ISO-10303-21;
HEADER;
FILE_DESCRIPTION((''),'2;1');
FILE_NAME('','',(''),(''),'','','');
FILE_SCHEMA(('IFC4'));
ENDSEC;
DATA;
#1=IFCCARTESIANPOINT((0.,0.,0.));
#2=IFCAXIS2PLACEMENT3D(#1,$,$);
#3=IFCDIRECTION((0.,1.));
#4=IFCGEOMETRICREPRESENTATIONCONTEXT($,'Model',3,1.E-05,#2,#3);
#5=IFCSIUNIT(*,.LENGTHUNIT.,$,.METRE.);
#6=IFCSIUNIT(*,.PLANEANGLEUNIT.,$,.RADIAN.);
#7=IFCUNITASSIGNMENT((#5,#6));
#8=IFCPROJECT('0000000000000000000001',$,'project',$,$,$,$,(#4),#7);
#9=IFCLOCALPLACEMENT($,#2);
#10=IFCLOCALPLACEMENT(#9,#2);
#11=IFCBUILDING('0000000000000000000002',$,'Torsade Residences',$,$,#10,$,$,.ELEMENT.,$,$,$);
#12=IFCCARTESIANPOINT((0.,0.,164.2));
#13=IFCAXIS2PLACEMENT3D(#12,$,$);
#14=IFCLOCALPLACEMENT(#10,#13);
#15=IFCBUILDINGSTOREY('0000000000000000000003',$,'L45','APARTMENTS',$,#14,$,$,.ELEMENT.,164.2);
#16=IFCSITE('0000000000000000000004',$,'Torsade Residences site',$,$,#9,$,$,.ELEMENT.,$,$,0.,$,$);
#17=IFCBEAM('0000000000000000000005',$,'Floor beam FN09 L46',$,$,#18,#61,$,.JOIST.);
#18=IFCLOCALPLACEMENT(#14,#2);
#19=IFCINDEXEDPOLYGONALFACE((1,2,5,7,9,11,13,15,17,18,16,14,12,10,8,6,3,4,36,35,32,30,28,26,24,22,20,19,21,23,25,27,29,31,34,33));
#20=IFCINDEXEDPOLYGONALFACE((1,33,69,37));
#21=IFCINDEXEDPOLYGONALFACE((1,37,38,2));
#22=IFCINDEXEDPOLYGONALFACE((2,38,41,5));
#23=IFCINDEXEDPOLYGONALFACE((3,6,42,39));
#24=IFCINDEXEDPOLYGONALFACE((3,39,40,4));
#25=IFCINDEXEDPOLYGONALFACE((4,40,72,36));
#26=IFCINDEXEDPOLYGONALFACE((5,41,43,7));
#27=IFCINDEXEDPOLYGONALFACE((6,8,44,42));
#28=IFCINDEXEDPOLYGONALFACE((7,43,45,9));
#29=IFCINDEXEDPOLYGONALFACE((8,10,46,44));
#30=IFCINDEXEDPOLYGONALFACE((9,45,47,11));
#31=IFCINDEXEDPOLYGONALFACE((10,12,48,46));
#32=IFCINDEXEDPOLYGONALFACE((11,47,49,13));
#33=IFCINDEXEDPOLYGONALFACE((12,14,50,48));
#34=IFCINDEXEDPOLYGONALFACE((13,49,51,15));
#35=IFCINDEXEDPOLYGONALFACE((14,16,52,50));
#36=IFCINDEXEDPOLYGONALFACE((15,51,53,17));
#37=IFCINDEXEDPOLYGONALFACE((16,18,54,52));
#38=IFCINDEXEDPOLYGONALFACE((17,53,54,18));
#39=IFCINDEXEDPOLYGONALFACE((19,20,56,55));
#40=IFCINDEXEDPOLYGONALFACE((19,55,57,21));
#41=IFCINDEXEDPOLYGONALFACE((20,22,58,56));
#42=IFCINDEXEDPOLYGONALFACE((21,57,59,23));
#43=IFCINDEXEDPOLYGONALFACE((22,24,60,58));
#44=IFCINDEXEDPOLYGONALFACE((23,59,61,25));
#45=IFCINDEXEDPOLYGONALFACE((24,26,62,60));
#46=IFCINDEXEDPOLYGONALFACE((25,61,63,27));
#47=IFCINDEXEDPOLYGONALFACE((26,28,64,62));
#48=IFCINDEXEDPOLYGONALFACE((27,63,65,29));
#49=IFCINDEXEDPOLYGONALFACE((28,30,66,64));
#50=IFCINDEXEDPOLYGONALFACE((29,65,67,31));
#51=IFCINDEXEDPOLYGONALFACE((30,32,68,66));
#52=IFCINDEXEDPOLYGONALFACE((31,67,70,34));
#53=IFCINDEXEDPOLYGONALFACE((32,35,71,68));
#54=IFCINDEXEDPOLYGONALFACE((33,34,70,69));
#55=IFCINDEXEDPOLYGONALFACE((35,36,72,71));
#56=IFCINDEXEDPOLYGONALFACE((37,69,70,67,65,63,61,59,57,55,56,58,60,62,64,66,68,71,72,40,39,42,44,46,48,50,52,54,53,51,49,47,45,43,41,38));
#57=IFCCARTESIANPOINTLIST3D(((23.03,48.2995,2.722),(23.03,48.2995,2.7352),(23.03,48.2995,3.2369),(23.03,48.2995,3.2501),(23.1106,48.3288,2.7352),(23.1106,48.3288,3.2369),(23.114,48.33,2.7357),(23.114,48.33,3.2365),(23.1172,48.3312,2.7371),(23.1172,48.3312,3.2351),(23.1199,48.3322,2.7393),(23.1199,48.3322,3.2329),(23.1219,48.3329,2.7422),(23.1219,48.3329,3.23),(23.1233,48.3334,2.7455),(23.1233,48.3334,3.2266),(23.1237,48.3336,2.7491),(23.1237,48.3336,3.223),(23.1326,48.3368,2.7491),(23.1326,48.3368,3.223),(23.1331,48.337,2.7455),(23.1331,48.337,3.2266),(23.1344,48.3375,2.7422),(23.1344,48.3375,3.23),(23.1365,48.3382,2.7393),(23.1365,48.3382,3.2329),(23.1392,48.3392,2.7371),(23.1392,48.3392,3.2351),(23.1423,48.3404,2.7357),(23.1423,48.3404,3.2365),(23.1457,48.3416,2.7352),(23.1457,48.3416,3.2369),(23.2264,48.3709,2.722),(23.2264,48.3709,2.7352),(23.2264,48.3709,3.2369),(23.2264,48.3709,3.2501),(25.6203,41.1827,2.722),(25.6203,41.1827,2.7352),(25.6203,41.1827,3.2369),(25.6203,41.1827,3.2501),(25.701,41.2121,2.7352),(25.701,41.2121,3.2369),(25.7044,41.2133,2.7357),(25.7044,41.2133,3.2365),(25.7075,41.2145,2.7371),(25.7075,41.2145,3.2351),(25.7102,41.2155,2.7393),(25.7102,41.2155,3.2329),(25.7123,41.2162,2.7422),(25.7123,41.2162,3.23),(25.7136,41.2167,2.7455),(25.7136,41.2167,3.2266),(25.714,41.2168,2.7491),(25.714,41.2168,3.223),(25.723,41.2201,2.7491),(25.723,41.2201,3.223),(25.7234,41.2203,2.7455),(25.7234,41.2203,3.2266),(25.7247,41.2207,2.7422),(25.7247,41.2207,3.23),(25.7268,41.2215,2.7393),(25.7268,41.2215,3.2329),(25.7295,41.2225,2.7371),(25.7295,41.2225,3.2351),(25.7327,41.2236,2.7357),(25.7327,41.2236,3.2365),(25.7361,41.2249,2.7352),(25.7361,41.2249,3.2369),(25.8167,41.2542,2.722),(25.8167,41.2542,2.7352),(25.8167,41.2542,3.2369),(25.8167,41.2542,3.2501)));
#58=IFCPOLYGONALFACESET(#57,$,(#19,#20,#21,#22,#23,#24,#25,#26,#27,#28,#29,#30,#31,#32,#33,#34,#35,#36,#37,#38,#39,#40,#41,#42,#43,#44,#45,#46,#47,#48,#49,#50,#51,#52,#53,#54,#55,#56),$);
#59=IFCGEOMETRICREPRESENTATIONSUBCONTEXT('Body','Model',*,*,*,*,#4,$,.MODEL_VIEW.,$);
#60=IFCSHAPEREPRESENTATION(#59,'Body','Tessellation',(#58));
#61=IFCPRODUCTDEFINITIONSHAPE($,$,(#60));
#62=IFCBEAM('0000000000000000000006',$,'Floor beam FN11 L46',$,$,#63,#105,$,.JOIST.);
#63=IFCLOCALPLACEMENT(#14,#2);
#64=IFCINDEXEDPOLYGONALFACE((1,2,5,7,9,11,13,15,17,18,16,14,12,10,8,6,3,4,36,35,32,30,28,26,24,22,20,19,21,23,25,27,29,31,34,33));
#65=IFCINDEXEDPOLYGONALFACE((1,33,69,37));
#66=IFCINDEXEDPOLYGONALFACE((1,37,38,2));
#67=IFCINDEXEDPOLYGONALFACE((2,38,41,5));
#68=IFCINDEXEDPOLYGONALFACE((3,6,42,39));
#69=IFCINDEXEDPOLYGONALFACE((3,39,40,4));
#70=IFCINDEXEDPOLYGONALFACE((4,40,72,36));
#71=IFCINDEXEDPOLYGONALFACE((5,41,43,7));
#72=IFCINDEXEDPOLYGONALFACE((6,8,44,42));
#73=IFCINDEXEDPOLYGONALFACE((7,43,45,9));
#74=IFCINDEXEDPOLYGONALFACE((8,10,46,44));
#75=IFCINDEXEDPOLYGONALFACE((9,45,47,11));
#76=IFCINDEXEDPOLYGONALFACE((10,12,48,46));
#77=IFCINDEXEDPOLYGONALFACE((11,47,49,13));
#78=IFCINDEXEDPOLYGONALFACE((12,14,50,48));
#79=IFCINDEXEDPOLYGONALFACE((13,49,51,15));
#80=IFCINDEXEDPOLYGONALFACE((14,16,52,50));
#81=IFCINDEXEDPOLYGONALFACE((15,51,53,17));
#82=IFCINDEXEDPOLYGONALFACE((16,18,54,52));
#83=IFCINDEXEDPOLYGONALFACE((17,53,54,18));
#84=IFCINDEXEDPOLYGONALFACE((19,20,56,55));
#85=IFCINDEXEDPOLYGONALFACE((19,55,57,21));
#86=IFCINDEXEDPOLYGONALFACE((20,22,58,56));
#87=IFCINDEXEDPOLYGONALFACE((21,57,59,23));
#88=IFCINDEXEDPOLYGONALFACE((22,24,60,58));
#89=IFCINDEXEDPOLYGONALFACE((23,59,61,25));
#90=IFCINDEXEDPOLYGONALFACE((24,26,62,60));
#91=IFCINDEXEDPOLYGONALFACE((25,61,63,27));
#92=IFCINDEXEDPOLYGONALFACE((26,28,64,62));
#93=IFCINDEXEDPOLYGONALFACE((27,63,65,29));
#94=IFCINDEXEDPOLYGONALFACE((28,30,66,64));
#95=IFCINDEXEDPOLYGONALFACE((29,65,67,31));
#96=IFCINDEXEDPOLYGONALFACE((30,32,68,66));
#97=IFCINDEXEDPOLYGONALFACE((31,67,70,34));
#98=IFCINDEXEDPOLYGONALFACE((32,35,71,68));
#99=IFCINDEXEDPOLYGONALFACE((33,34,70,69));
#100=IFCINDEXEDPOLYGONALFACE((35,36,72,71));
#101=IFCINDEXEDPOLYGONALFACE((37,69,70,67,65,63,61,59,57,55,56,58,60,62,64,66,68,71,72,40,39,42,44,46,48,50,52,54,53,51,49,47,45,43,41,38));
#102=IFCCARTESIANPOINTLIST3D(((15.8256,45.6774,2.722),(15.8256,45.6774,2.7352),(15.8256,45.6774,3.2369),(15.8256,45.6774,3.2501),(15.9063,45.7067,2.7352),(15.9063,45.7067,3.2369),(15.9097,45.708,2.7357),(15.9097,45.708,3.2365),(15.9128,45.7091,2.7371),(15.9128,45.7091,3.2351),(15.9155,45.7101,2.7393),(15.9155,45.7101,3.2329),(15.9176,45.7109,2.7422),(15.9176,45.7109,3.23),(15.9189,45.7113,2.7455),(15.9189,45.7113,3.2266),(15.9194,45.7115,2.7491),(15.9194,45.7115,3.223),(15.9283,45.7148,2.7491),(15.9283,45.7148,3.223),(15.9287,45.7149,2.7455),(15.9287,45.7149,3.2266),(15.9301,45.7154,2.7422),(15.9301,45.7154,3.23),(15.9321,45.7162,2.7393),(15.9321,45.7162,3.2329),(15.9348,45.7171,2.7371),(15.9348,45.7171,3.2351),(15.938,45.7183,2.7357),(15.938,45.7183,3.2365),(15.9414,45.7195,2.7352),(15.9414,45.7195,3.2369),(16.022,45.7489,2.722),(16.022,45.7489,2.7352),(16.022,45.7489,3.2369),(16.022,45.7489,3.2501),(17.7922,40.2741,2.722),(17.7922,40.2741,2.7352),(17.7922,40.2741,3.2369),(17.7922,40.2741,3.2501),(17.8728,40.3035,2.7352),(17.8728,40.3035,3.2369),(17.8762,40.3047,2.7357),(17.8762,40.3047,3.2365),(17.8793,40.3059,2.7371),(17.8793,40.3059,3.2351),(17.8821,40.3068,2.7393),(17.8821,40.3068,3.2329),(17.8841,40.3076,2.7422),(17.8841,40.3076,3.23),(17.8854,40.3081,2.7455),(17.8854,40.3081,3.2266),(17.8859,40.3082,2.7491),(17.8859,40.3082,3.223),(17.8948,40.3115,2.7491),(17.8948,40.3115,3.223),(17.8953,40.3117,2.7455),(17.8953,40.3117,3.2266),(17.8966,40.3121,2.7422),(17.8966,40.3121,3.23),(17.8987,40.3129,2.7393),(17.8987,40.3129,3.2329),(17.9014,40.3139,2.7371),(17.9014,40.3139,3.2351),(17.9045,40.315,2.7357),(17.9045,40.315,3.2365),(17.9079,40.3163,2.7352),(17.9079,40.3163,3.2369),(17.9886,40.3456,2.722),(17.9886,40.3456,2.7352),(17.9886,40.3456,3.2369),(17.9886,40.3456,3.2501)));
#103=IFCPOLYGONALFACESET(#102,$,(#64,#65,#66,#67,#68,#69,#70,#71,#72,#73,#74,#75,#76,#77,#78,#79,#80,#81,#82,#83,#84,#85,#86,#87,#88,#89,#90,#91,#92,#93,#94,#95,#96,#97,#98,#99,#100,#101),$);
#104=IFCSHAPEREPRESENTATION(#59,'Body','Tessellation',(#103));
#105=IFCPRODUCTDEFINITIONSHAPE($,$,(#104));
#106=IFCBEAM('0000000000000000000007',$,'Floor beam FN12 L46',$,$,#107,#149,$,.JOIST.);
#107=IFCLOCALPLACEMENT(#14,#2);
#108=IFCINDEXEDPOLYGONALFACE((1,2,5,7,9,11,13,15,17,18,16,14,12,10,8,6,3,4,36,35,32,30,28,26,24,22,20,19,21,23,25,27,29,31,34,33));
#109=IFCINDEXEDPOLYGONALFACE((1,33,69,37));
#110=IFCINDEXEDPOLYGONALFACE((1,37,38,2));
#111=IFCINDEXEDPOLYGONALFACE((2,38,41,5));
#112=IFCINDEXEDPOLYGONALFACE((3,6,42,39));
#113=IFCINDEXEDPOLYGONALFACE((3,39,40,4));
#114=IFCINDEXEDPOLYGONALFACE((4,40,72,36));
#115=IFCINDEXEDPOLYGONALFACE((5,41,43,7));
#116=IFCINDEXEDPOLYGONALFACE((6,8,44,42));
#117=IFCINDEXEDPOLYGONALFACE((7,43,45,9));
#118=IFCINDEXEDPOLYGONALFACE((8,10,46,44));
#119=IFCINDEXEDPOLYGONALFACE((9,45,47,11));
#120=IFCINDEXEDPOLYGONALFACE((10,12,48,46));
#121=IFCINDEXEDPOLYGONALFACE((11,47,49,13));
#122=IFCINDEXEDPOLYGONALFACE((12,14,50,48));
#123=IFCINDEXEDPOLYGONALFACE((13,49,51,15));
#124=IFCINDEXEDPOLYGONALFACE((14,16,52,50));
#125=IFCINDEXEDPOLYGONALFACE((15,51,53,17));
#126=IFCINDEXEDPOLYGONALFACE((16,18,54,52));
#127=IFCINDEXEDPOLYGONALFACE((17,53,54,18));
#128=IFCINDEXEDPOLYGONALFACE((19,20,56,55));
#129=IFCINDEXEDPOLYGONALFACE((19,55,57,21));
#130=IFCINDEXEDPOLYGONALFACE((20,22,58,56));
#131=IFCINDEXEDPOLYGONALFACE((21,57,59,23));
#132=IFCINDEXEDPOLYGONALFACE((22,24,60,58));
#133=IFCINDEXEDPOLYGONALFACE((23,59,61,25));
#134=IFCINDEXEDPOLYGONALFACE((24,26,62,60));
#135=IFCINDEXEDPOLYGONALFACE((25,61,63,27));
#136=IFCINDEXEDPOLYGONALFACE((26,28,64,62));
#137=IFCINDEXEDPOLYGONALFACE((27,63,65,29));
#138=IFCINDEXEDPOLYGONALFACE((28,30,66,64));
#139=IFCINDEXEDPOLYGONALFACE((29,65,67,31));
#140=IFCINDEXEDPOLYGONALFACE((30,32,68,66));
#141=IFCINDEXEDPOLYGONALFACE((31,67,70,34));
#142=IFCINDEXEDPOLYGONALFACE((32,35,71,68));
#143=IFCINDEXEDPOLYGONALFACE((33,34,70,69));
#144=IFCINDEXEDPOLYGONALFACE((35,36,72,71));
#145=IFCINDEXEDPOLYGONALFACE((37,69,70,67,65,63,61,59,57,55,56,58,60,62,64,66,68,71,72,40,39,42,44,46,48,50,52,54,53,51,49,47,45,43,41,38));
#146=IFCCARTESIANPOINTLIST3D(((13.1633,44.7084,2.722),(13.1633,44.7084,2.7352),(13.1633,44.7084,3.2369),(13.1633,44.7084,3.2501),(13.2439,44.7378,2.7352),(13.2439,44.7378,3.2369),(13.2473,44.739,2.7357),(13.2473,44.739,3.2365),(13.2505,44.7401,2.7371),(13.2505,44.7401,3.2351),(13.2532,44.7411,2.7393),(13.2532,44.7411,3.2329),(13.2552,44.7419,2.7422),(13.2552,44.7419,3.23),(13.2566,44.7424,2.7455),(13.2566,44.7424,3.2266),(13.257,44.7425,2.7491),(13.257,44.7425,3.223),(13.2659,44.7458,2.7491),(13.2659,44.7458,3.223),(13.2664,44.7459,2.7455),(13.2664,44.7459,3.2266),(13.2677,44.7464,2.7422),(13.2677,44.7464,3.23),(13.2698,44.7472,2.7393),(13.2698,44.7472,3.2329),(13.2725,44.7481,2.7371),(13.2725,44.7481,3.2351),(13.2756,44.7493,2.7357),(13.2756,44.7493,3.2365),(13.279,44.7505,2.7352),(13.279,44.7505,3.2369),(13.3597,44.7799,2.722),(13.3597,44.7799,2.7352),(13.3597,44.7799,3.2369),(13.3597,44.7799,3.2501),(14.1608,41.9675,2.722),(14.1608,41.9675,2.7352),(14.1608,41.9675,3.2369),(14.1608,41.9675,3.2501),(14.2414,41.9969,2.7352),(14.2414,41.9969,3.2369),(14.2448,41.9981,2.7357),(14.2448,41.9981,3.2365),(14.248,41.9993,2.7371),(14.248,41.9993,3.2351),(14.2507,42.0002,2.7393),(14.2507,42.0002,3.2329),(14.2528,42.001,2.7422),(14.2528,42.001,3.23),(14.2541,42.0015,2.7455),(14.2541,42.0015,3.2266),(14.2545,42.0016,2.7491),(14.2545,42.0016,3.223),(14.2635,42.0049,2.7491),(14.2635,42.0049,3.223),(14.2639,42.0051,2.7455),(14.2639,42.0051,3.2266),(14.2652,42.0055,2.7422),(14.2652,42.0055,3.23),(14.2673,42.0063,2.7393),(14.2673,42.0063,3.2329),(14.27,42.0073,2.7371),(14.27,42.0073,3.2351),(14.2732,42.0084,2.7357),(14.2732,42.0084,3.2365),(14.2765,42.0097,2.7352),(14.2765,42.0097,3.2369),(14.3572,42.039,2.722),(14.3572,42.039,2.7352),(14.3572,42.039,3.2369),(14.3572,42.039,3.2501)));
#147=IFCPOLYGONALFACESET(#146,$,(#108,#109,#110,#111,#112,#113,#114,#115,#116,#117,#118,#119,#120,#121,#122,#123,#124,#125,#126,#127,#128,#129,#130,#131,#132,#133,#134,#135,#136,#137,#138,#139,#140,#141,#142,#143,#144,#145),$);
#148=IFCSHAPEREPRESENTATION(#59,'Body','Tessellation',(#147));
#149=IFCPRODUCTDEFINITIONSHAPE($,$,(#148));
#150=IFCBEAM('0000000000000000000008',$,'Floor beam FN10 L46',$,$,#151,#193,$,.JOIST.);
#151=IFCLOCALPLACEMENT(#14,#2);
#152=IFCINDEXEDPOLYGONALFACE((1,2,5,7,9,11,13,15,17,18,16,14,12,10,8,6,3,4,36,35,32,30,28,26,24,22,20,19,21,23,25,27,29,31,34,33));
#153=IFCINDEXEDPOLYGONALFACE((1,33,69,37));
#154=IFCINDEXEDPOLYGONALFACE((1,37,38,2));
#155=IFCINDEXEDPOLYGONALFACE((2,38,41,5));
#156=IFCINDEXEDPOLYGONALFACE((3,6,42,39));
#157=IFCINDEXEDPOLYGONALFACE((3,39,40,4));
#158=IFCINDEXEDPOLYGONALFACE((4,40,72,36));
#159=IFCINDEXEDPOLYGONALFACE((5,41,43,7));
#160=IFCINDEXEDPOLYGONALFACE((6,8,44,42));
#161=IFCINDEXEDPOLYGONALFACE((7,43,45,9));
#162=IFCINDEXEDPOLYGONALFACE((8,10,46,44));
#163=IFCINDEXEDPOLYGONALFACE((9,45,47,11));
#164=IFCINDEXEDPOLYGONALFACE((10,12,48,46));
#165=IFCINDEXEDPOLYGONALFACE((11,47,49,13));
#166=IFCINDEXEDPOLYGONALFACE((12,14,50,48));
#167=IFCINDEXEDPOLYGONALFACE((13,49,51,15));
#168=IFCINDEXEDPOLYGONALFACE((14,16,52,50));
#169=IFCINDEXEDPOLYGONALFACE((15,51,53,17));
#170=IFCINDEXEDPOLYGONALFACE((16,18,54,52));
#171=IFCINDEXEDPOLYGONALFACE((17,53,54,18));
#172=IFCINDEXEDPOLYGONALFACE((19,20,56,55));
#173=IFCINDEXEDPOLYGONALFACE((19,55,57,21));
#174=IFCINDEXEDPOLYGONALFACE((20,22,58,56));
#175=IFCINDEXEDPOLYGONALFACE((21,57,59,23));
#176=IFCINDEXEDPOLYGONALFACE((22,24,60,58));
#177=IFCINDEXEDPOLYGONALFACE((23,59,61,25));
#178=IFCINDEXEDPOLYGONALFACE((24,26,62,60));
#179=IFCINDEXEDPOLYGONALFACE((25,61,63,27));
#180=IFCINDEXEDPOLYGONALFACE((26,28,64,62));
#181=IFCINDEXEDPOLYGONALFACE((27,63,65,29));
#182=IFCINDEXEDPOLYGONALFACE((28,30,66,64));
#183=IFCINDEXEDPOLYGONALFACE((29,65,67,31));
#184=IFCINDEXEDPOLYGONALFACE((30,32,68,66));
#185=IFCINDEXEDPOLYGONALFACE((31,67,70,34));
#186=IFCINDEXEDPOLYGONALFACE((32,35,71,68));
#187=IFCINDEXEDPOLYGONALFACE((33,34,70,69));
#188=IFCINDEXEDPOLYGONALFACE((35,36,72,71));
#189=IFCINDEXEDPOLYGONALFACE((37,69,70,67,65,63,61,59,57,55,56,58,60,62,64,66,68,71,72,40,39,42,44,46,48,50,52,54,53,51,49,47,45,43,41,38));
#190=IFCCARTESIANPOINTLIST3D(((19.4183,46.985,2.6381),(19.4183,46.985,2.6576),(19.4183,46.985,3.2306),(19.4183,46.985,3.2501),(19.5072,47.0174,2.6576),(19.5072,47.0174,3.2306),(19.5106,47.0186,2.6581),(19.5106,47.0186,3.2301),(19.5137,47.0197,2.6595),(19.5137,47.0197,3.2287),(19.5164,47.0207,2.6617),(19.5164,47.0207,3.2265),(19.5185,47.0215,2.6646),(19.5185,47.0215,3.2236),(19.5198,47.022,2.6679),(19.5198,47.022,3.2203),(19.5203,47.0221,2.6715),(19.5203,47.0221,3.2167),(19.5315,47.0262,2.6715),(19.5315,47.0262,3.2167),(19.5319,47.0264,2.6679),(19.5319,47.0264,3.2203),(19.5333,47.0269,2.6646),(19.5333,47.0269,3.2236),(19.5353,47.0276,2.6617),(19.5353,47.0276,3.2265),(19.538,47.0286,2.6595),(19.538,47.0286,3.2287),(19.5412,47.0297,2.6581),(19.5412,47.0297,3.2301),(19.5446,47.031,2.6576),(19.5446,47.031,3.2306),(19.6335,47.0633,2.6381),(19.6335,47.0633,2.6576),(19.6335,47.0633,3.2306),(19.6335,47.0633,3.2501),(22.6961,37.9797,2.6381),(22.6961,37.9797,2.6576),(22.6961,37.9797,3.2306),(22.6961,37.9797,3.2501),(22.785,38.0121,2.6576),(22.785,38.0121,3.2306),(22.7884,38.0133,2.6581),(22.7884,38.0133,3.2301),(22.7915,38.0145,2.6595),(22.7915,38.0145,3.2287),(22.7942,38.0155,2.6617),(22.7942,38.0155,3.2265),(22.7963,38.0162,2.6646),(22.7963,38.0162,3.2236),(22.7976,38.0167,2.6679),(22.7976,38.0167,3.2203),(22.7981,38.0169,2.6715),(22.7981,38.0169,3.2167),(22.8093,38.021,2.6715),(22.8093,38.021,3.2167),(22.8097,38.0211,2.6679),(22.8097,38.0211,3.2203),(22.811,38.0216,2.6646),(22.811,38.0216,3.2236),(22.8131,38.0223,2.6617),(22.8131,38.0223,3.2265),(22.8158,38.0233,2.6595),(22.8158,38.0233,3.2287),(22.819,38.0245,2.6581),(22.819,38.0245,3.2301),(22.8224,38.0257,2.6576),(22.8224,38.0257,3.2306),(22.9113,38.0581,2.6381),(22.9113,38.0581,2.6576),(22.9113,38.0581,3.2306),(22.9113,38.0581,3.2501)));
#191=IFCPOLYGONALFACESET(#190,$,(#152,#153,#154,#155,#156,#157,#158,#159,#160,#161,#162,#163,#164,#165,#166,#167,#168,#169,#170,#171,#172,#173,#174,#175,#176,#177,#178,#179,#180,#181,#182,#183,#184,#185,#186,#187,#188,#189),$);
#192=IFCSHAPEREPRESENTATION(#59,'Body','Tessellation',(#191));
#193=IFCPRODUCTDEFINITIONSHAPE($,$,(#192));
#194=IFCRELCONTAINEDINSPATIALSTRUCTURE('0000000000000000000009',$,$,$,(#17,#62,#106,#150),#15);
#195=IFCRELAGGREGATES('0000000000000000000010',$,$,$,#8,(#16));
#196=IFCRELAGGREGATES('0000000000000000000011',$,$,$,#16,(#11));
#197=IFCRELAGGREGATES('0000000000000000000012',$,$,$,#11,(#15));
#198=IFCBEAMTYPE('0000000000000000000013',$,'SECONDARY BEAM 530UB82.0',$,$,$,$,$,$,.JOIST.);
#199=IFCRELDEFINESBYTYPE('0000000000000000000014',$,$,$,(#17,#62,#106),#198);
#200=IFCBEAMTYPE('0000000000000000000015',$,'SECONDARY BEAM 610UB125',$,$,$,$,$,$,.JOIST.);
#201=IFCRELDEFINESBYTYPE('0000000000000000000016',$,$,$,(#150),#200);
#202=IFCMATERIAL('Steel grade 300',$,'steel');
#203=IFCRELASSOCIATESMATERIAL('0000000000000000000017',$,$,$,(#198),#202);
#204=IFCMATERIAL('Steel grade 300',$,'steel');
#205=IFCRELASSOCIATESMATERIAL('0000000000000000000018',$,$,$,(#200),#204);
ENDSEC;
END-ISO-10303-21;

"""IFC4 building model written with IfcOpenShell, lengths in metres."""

from ifc_helpers import new_model, si_unit, direction, frame, origin, origin_2d, place, context, subcontext, project, spatial, i_section, extrude, material, material_profile, profile_set, type_object, element, save


model = new_model("IFC4")

# Units and contexts
model_context = context("Model", 3, precision=1e-05, world=origin(), true_north=direction((0.0, 1.0)))
body_context = subcontext(model_context, "Body", "Model", "MODEL_VIEW")
ifc_project = project(units=[si_unit("LENGTHUNIT", "METRE"), si_unit("PLANEANGLEUNIT", "RADIAN")], contexts=[model_context])

# Site, building, storey
site_placement = place(None, origin())
site = spatial("IfcSite", under=ifc_project, at=site_placement, Name="Torsade Residences site", CompositionType="ELEMENT", RefElevation=0.0)
building_placement = place(site_placement, origin())
building = spatial("IfcBuilding", under=site, at=building_placement, Name="Torsade Residences", CompositionType="ELEMENT")
storey_placement = place(building_placement, frame((0.0, 0.0, 164.2)))
storey = spatial("IfcBuildingStorey", under=building, at=storey_placement, Name="L45", Description="APARTMENTS", CompositionType="ELEMENT", Elevation=164.2)

# Beams
ifc_material_1 = material(Name="Steel grade 300", Category="steel")
ifc_material_profile_1 = material_profile(ifc_material_1, i_section(OverallWidth=0.209, OverallDepth=0.5281, WebThickness=0.0095, FlangeThickness=0.0132, FilletRadius=0.0139, at=origin_2d()), Name="530UB82.0")
ifc_profile_set_1 = profile_set([ifc_material_profile_1], Name="Steel grade 300")
beam_type_1 = type_object("IfcBeamType", Name="SECONDARY BEAM 530UB82.0", PredefinedType="JOIST", material=ifc_profile_set_1)
beam_1_placement = place(storey_placement, frame((23.1282, 48.3352, 2.9861), z_axis=(0.342028, -0.93969, 0.0), x_axis=(0.93969, 0.342028, 0.0)))
element("IfcBeam", 1, at=beam_1_placement, inside=storey, type_object=beam_type_1, Name="Floor beam FN09 L46", PredefinedType="JOIST", context=body_context, shape_type="SweptSolid", body=[
    extrude(i_section(OverallWidth=0.209, OverallDepth=0.5281, WebThickness=0.0095, FlangeThickness=0.0132, FilletRadius=0.0139, at=origin_2d()), origin(), (0.0, 0.0, 1.0), 7.5735),
])
beam_2_placement = place(storey_placement, frame((15.9238, 45.7131, 2.9861), z_axis=(0.342006, -0.939698, 0.0), x_axis=(0.939698, 0.342006, 0.0)))
element("IfcBeam", 2, at=beam_2_placement, inside=storey, type_object=beam_type_1, Name="Floor beam FN11 L46", PredefinedType="JOIST", context=body_context, shape_type="SweptSolid", body=[
    extrude(i_section(OverallWidth=0.209, OverallDepth=0.5281, WebThickness=0.0095, FlangeThickness=0.0132, FilletRadius=0.0139, at=origin_2d()), origin(), (0.0, 0.0, 1.0), 5.75),
])
beam_3_placement = place(storey_placement, frame((13.2615, 44.7441, 2.9861), z_axis=(0.341998, -0.939701, 0.0), x_axis=(0.939701, 0.341998, 0.0)))
element("IfcBeam", 3, at=beam_3_placement, inside=storey, type_object=beam_type_1, Name="Floor beam FN12 L46", PredefinedType="JOIST", context=body_context, shape_type="SweptSolid", body=[
    extrude(i_section(OverallWidth=0.209, OverallDepth=0.5281, WebThickness=0.0095, FlangeThickness=0.0132, FilletRadius=0.0139, at=origin_2d()), origin(), (0.0, 0.0, 1.0), 2.9167),
])
ifc_material_2 = material(Name="Steel grade 300", Category="steel")
ifc_material_profile_2 = material_profile(ifc_material_2, i_section(OverallWidth=0.229, OverallDepth=0.6121, WebThickness=0.012, FlangeThickness=0.0195, FilletRadius=0.0139, at=origin_2d()), Name="610UB125")
ifc_profile_set_2 = profile_set([ifc_material_profile_2], Name="Steel grade 300")
beam_type_2 = type_object("IfcBeamType", Name="SECONDARY BEAM 610UB125", PredefinedType="JOIST", material=ifc_profile_set_2)
beam_4_placement = place(storey_placement, frame((19.5259, 47.0242, 2.9441), z_axis=(0.342034, -0.939688, 0.0), x_axis=(0.939688, 0.342034, 0.0)))
element("IfcBeam", 4, at=beam_4_placement, inside=storey, type_object=beam_type_2, Name="Floor beam FN10 L46", PredefinedType="JOIST", context=body_context, shape_type="SweptSolid", body=[
    extrude(i_section(OverallWidth=0.229, OverallDepth=0.6121, WebThickness=0.012, FlangeThickness=0.0195, FilletRadius=0.0139, at=origin_2d()), origin(), (0.0, 0.0, 1.0), 9.5833),
])

save(model, "model.ifc")
